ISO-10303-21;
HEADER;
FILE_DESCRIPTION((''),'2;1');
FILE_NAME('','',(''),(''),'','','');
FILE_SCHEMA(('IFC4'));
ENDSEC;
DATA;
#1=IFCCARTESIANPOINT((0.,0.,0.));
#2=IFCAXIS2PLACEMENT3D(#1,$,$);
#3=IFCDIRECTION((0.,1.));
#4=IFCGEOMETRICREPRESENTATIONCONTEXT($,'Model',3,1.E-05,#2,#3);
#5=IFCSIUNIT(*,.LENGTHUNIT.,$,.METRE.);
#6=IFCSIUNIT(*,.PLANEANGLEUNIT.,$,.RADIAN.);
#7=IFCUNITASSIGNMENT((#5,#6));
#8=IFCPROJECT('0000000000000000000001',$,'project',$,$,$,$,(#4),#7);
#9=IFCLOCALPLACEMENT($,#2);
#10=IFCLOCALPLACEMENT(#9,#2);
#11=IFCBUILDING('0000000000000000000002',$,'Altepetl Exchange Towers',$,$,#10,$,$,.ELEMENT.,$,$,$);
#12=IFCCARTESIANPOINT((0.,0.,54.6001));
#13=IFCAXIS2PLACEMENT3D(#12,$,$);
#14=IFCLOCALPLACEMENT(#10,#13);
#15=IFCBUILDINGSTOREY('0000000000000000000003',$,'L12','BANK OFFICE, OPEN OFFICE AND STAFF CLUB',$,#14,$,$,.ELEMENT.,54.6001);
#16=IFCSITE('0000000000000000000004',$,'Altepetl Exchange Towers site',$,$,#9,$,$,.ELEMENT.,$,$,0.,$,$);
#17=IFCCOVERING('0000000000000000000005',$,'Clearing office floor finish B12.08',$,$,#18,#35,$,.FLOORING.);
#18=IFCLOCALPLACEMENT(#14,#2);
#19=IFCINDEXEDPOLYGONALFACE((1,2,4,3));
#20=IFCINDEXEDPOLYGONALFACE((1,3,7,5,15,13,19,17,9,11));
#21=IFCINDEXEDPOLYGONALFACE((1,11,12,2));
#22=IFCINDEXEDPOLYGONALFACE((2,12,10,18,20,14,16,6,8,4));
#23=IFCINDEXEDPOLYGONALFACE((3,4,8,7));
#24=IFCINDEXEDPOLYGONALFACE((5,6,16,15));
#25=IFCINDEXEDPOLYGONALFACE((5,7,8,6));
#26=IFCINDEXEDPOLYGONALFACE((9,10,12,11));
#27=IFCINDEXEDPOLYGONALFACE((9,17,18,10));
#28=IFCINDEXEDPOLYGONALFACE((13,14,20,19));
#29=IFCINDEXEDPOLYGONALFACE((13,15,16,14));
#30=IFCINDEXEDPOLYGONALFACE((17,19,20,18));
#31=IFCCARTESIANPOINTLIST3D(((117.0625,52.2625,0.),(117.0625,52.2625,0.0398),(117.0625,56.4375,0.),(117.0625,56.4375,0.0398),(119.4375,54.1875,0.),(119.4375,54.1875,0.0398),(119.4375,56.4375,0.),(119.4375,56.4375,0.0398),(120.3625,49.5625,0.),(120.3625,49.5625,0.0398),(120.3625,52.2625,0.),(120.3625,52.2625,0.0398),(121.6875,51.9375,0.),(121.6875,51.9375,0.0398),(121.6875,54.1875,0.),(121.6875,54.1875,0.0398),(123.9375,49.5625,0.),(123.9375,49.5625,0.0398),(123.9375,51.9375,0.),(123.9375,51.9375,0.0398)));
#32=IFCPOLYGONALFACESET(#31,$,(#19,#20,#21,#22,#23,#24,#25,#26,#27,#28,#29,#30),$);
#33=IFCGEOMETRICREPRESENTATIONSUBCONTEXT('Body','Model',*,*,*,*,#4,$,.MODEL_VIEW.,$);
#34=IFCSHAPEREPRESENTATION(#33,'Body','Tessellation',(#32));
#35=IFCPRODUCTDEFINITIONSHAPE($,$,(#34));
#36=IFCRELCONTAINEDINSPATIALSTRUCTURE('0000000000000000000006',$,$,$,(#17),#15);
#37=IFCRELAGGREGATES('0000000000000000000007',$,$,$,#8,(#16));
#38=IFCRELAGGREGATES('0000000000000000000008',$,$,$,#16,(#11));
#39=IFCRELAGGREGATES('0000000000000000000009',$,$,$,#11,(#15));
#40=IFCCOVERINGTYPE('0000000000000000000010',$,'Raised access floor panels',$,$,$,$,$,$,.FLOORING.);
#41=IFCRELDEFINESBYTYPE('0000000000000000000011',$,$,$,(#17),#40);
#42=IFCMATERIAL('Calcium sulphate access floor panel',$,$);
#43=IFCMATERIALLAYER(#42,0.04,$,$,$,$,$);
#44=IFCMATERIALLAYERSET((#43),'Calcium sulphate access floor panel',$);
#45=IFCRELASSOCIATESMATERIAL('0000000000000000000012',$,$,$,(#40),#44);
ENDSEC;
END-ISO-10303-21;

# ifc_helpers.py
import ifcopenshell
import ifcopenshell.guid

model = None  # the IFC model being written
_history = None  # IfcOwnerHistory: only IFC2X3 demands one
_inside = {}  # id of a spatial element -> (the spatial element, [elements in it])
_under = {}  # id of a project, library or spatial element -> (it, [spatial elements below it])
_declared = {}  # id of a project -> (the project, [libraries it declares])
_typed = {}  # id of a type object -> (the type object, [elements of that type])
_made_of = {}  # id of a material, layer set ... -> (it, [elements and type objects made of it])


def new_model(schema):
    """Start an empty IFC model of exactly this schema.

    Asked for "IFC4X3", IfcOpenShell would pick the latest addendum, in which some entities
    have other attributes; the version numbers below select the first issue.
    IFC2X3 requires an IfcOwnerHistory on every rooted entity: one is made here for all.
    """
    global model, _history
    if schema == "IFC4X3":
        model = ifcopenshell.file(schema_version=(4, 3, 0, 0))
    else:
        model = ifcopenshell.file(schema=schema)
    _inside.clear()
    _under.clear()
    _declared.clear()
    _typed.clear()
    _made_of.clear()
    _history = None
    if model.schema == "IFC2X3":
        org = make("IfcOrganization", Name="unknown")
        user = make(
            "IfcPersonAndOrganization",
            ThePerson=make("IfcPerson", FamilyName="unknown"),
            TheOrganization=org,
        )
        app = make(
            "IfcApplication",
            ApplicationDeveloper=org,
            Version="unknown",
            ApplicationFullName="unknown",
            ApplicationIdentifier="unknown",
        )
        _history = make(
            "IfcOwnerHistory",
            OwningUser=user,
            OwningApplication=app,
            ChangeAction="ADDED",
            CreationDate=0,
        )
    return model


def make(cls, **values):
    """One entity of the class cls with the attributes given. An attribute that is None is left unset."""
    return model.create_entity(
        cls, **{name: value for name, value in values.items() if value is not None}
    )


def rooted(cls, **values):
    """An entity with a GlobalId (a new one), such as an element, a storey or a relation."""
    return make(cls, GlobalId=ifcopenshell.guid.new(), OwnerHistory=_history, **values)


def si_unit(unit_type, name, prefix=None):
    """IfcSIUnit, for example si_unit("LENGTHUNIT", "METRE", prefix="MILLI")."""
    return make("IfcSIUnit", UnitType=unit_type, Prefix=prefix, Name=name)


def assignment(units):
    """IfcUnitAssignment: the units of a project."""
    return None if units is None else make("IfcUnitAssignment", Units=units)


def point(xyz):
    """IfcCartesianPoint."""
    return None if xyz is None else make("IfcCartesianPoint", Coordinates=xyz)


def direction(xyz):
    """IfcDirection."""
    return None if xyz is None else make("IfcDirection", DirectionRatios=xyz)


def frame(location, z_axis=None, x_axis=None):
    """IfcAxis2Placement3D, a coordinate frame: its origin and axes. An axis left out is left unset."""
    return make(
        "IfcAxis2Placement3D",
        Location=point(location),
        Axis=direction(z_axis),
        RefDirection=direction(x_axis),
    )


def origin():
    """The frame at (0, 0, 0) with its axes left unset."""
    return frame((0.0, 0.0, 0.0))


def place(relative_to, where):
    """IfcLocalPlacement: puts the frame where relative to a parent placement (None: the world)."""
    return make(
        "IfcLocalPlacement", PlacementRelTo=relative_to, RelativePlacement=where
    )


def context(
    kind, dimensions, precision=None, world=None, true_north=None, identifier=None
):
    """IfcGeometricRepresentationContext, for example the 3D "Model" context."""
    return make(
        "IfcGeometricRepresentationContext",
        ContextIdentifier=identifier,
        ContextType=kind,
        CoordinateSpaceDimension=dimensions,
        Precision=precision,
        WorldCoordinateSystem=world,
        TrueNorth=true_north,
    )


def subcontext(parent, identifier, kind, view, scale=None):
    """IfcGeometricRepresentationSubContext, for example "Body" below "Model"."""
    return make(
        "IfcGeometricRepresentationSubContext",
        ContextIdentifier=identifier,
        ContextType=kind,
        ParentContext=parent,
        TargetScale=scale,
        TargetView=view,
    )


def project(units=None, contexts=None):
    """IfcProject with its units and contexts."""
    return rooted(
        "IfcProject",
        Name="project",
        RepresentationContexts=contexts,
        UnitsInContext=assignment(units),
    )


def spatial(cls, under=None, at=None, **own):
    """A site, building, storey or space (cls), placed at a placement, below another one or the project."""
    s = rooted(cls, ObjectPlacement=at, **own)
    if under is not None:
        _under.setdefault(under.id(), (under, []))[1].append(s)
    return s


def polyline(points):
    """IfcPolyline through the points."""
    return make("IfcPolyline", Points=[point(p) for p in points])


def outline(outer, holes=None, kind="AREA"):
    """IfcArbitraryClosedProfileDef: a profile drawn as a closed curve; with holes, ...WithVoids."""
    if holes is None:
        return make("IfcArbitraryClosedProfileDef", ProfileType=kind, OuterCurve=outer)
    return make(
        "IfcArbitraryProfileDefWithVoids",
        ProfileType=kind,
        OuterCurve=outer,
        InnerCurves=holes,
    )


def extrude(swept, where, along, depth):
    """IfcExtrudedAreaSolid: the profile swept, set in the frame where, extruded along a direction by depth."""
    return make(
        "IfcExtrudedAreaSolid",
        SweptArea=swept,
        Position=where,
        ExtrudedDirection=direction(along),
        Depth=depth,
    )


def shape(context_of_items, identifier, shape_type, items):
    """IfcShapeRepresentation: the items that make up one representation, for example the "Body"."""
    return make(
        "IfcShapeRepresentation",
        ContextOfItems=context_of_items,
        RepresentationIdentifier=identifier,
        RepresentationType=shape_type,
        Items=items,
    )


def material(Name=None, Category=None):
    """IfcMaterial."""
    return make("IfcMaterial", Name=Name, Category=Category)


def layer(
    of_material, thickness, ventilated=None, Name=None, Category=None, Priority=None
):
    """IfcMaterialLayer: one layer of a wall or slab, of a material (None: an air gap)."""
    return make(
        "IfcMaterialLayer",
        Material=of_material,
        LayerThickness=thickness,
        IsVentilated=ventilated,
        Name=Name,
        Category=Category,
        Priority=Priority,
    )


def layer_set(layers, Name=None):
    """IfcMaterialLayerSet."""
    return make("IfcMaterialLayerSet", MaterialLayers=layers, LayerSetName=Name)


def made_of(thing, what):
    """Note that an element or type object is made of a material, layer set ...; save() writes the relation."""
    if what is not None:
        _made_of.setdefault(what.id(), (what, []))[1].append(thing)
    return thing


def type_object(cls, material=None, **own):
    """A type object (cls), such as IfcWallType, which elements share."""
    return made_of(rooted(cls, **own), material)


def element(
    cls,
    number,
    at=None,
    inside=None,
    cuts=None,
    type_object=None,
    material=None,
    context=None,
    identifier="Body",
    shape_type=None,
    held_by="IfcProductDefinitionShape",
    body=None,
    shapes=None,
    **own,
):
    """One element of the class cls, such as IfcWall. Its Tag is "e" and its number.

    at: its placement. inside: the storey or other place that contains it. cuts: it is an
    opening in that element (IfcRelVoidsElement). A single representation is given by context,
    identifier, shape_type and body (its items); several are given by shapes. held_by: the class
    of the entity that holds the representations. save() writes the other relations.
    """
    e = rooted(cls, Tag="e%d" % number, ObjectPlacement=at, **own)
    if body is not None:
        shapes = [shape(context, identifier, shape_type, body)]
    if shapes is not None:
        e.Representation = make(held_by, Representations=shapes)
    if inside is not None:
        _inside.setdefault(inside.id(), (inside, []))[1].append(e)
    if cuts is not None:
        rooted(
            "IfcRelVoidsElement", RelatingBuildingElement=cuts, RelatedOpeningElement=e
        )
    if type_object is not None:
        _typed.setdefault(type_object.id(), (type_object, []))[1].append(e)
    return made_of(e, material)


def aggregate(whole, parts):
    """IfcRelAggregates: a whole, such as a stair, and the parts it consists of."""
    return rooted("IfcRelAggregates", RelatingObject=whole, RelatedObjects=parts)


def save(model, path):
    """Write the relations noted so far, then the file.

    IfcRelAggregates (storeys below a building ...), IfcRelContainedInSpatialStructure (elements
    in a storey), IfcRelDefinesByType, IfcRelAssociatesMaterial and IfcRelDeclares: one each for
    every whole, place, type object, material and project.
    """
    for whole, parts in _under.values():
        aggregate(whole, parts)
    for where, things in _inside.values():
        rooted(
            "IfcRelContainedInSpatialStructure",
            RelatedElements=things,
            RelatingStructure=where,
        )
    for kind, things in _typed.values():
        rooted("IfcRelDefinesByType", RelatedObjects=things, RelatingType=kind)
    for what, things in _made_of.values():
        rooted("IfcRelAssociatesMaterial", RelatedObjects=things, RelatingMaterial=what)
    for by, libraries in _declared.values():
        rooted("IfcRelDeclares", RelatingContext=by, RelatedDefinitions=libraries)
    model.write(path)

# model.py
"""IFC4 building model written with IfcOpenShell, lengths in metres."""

from ifc_helpers import new_model, si_unit, direction, frame, origin, place, context, subcontext, project, spatial, polyline, outline, extrude, material, layer, layer_set, type_object, element, save


model = new_model("IFC4")

# Units and contexts
model_context = context("Model", 3, precision=1e-05, world=origin(), true_north=direction((0.0, 1.0)))
body_context = subcontext(model_context, "Body", "Model", "MODEL_VIEW")
ifc_project = project(units=[si_unit("LENGTHUNIT", "METRE"), si_unit("PLANEANGLEUNIT", "RADIAN")], contexts=[model_context])

# Site, building, storey
site_placement = place(None, origin())
site = spatial("IfcSite", under=ifc_project, at=site_placement, Name="Altepetl Exchange Towers site", CompositionType="ELEMENT", RefElevation=0.0)
building_placement = place(site_placement, origin())
building = spatial("IfcBuilding", under=site, at=building_placement, Name="Altepetl Exchange Towers", CompositionType="ELEMENT")
storey_placement = place(building_placement, frame((0.0, 0.0, 54.6001)))
storey = spatial("IfcBuildingStorey", under=building, at=storey_placement, Name="L12", Description="BANK OFFICE, OPEN OFFICE AND STAFF CLUB", CompositionType="ELEMENT", Elevation=54.6001)

# Covering
ifc_material_1 = material(Name="Calcium sulphate access floor panel")
ifc_layer_1 = layer(ifc_material_1, 0.04)
ifc_layer_set_1 = layer_set([ifc_layer_1], Name="Calcium sulphate access floor panel")
covering_type_1 = type_object("IfcCoveringType", Name="Raised access floor panels", PredefinedType="FLOORING", material=ifc_layer_set_1)
covering_1_placement = place(storey_placement, origin())
element("IfcCovering", 1, at=covering_1_placement, inside=storey, type_object=covering_type_1, Name="Clearing office floor finish B12.08", PredefinedType="FLOORING", context=body_context, shape_type="SweptSolid", body=[
    extrude(outline(polyline([(119.4375, 54.1875), (119.4375, 56.4375), (117.0625, 56.4375), (117.0625, 52.2625), (120.3625, 52.2625), (120.3625, 49.5625), (123.9375, 49.5625), (123.9375, 51.9375), (121.6875, 51.9375), (121.6875, 54.1875), (119.4375, 54.1875)])), origin(), (0.0, 0.0, 1.0), 0.0398),
])

save(model, "model.ifc")
